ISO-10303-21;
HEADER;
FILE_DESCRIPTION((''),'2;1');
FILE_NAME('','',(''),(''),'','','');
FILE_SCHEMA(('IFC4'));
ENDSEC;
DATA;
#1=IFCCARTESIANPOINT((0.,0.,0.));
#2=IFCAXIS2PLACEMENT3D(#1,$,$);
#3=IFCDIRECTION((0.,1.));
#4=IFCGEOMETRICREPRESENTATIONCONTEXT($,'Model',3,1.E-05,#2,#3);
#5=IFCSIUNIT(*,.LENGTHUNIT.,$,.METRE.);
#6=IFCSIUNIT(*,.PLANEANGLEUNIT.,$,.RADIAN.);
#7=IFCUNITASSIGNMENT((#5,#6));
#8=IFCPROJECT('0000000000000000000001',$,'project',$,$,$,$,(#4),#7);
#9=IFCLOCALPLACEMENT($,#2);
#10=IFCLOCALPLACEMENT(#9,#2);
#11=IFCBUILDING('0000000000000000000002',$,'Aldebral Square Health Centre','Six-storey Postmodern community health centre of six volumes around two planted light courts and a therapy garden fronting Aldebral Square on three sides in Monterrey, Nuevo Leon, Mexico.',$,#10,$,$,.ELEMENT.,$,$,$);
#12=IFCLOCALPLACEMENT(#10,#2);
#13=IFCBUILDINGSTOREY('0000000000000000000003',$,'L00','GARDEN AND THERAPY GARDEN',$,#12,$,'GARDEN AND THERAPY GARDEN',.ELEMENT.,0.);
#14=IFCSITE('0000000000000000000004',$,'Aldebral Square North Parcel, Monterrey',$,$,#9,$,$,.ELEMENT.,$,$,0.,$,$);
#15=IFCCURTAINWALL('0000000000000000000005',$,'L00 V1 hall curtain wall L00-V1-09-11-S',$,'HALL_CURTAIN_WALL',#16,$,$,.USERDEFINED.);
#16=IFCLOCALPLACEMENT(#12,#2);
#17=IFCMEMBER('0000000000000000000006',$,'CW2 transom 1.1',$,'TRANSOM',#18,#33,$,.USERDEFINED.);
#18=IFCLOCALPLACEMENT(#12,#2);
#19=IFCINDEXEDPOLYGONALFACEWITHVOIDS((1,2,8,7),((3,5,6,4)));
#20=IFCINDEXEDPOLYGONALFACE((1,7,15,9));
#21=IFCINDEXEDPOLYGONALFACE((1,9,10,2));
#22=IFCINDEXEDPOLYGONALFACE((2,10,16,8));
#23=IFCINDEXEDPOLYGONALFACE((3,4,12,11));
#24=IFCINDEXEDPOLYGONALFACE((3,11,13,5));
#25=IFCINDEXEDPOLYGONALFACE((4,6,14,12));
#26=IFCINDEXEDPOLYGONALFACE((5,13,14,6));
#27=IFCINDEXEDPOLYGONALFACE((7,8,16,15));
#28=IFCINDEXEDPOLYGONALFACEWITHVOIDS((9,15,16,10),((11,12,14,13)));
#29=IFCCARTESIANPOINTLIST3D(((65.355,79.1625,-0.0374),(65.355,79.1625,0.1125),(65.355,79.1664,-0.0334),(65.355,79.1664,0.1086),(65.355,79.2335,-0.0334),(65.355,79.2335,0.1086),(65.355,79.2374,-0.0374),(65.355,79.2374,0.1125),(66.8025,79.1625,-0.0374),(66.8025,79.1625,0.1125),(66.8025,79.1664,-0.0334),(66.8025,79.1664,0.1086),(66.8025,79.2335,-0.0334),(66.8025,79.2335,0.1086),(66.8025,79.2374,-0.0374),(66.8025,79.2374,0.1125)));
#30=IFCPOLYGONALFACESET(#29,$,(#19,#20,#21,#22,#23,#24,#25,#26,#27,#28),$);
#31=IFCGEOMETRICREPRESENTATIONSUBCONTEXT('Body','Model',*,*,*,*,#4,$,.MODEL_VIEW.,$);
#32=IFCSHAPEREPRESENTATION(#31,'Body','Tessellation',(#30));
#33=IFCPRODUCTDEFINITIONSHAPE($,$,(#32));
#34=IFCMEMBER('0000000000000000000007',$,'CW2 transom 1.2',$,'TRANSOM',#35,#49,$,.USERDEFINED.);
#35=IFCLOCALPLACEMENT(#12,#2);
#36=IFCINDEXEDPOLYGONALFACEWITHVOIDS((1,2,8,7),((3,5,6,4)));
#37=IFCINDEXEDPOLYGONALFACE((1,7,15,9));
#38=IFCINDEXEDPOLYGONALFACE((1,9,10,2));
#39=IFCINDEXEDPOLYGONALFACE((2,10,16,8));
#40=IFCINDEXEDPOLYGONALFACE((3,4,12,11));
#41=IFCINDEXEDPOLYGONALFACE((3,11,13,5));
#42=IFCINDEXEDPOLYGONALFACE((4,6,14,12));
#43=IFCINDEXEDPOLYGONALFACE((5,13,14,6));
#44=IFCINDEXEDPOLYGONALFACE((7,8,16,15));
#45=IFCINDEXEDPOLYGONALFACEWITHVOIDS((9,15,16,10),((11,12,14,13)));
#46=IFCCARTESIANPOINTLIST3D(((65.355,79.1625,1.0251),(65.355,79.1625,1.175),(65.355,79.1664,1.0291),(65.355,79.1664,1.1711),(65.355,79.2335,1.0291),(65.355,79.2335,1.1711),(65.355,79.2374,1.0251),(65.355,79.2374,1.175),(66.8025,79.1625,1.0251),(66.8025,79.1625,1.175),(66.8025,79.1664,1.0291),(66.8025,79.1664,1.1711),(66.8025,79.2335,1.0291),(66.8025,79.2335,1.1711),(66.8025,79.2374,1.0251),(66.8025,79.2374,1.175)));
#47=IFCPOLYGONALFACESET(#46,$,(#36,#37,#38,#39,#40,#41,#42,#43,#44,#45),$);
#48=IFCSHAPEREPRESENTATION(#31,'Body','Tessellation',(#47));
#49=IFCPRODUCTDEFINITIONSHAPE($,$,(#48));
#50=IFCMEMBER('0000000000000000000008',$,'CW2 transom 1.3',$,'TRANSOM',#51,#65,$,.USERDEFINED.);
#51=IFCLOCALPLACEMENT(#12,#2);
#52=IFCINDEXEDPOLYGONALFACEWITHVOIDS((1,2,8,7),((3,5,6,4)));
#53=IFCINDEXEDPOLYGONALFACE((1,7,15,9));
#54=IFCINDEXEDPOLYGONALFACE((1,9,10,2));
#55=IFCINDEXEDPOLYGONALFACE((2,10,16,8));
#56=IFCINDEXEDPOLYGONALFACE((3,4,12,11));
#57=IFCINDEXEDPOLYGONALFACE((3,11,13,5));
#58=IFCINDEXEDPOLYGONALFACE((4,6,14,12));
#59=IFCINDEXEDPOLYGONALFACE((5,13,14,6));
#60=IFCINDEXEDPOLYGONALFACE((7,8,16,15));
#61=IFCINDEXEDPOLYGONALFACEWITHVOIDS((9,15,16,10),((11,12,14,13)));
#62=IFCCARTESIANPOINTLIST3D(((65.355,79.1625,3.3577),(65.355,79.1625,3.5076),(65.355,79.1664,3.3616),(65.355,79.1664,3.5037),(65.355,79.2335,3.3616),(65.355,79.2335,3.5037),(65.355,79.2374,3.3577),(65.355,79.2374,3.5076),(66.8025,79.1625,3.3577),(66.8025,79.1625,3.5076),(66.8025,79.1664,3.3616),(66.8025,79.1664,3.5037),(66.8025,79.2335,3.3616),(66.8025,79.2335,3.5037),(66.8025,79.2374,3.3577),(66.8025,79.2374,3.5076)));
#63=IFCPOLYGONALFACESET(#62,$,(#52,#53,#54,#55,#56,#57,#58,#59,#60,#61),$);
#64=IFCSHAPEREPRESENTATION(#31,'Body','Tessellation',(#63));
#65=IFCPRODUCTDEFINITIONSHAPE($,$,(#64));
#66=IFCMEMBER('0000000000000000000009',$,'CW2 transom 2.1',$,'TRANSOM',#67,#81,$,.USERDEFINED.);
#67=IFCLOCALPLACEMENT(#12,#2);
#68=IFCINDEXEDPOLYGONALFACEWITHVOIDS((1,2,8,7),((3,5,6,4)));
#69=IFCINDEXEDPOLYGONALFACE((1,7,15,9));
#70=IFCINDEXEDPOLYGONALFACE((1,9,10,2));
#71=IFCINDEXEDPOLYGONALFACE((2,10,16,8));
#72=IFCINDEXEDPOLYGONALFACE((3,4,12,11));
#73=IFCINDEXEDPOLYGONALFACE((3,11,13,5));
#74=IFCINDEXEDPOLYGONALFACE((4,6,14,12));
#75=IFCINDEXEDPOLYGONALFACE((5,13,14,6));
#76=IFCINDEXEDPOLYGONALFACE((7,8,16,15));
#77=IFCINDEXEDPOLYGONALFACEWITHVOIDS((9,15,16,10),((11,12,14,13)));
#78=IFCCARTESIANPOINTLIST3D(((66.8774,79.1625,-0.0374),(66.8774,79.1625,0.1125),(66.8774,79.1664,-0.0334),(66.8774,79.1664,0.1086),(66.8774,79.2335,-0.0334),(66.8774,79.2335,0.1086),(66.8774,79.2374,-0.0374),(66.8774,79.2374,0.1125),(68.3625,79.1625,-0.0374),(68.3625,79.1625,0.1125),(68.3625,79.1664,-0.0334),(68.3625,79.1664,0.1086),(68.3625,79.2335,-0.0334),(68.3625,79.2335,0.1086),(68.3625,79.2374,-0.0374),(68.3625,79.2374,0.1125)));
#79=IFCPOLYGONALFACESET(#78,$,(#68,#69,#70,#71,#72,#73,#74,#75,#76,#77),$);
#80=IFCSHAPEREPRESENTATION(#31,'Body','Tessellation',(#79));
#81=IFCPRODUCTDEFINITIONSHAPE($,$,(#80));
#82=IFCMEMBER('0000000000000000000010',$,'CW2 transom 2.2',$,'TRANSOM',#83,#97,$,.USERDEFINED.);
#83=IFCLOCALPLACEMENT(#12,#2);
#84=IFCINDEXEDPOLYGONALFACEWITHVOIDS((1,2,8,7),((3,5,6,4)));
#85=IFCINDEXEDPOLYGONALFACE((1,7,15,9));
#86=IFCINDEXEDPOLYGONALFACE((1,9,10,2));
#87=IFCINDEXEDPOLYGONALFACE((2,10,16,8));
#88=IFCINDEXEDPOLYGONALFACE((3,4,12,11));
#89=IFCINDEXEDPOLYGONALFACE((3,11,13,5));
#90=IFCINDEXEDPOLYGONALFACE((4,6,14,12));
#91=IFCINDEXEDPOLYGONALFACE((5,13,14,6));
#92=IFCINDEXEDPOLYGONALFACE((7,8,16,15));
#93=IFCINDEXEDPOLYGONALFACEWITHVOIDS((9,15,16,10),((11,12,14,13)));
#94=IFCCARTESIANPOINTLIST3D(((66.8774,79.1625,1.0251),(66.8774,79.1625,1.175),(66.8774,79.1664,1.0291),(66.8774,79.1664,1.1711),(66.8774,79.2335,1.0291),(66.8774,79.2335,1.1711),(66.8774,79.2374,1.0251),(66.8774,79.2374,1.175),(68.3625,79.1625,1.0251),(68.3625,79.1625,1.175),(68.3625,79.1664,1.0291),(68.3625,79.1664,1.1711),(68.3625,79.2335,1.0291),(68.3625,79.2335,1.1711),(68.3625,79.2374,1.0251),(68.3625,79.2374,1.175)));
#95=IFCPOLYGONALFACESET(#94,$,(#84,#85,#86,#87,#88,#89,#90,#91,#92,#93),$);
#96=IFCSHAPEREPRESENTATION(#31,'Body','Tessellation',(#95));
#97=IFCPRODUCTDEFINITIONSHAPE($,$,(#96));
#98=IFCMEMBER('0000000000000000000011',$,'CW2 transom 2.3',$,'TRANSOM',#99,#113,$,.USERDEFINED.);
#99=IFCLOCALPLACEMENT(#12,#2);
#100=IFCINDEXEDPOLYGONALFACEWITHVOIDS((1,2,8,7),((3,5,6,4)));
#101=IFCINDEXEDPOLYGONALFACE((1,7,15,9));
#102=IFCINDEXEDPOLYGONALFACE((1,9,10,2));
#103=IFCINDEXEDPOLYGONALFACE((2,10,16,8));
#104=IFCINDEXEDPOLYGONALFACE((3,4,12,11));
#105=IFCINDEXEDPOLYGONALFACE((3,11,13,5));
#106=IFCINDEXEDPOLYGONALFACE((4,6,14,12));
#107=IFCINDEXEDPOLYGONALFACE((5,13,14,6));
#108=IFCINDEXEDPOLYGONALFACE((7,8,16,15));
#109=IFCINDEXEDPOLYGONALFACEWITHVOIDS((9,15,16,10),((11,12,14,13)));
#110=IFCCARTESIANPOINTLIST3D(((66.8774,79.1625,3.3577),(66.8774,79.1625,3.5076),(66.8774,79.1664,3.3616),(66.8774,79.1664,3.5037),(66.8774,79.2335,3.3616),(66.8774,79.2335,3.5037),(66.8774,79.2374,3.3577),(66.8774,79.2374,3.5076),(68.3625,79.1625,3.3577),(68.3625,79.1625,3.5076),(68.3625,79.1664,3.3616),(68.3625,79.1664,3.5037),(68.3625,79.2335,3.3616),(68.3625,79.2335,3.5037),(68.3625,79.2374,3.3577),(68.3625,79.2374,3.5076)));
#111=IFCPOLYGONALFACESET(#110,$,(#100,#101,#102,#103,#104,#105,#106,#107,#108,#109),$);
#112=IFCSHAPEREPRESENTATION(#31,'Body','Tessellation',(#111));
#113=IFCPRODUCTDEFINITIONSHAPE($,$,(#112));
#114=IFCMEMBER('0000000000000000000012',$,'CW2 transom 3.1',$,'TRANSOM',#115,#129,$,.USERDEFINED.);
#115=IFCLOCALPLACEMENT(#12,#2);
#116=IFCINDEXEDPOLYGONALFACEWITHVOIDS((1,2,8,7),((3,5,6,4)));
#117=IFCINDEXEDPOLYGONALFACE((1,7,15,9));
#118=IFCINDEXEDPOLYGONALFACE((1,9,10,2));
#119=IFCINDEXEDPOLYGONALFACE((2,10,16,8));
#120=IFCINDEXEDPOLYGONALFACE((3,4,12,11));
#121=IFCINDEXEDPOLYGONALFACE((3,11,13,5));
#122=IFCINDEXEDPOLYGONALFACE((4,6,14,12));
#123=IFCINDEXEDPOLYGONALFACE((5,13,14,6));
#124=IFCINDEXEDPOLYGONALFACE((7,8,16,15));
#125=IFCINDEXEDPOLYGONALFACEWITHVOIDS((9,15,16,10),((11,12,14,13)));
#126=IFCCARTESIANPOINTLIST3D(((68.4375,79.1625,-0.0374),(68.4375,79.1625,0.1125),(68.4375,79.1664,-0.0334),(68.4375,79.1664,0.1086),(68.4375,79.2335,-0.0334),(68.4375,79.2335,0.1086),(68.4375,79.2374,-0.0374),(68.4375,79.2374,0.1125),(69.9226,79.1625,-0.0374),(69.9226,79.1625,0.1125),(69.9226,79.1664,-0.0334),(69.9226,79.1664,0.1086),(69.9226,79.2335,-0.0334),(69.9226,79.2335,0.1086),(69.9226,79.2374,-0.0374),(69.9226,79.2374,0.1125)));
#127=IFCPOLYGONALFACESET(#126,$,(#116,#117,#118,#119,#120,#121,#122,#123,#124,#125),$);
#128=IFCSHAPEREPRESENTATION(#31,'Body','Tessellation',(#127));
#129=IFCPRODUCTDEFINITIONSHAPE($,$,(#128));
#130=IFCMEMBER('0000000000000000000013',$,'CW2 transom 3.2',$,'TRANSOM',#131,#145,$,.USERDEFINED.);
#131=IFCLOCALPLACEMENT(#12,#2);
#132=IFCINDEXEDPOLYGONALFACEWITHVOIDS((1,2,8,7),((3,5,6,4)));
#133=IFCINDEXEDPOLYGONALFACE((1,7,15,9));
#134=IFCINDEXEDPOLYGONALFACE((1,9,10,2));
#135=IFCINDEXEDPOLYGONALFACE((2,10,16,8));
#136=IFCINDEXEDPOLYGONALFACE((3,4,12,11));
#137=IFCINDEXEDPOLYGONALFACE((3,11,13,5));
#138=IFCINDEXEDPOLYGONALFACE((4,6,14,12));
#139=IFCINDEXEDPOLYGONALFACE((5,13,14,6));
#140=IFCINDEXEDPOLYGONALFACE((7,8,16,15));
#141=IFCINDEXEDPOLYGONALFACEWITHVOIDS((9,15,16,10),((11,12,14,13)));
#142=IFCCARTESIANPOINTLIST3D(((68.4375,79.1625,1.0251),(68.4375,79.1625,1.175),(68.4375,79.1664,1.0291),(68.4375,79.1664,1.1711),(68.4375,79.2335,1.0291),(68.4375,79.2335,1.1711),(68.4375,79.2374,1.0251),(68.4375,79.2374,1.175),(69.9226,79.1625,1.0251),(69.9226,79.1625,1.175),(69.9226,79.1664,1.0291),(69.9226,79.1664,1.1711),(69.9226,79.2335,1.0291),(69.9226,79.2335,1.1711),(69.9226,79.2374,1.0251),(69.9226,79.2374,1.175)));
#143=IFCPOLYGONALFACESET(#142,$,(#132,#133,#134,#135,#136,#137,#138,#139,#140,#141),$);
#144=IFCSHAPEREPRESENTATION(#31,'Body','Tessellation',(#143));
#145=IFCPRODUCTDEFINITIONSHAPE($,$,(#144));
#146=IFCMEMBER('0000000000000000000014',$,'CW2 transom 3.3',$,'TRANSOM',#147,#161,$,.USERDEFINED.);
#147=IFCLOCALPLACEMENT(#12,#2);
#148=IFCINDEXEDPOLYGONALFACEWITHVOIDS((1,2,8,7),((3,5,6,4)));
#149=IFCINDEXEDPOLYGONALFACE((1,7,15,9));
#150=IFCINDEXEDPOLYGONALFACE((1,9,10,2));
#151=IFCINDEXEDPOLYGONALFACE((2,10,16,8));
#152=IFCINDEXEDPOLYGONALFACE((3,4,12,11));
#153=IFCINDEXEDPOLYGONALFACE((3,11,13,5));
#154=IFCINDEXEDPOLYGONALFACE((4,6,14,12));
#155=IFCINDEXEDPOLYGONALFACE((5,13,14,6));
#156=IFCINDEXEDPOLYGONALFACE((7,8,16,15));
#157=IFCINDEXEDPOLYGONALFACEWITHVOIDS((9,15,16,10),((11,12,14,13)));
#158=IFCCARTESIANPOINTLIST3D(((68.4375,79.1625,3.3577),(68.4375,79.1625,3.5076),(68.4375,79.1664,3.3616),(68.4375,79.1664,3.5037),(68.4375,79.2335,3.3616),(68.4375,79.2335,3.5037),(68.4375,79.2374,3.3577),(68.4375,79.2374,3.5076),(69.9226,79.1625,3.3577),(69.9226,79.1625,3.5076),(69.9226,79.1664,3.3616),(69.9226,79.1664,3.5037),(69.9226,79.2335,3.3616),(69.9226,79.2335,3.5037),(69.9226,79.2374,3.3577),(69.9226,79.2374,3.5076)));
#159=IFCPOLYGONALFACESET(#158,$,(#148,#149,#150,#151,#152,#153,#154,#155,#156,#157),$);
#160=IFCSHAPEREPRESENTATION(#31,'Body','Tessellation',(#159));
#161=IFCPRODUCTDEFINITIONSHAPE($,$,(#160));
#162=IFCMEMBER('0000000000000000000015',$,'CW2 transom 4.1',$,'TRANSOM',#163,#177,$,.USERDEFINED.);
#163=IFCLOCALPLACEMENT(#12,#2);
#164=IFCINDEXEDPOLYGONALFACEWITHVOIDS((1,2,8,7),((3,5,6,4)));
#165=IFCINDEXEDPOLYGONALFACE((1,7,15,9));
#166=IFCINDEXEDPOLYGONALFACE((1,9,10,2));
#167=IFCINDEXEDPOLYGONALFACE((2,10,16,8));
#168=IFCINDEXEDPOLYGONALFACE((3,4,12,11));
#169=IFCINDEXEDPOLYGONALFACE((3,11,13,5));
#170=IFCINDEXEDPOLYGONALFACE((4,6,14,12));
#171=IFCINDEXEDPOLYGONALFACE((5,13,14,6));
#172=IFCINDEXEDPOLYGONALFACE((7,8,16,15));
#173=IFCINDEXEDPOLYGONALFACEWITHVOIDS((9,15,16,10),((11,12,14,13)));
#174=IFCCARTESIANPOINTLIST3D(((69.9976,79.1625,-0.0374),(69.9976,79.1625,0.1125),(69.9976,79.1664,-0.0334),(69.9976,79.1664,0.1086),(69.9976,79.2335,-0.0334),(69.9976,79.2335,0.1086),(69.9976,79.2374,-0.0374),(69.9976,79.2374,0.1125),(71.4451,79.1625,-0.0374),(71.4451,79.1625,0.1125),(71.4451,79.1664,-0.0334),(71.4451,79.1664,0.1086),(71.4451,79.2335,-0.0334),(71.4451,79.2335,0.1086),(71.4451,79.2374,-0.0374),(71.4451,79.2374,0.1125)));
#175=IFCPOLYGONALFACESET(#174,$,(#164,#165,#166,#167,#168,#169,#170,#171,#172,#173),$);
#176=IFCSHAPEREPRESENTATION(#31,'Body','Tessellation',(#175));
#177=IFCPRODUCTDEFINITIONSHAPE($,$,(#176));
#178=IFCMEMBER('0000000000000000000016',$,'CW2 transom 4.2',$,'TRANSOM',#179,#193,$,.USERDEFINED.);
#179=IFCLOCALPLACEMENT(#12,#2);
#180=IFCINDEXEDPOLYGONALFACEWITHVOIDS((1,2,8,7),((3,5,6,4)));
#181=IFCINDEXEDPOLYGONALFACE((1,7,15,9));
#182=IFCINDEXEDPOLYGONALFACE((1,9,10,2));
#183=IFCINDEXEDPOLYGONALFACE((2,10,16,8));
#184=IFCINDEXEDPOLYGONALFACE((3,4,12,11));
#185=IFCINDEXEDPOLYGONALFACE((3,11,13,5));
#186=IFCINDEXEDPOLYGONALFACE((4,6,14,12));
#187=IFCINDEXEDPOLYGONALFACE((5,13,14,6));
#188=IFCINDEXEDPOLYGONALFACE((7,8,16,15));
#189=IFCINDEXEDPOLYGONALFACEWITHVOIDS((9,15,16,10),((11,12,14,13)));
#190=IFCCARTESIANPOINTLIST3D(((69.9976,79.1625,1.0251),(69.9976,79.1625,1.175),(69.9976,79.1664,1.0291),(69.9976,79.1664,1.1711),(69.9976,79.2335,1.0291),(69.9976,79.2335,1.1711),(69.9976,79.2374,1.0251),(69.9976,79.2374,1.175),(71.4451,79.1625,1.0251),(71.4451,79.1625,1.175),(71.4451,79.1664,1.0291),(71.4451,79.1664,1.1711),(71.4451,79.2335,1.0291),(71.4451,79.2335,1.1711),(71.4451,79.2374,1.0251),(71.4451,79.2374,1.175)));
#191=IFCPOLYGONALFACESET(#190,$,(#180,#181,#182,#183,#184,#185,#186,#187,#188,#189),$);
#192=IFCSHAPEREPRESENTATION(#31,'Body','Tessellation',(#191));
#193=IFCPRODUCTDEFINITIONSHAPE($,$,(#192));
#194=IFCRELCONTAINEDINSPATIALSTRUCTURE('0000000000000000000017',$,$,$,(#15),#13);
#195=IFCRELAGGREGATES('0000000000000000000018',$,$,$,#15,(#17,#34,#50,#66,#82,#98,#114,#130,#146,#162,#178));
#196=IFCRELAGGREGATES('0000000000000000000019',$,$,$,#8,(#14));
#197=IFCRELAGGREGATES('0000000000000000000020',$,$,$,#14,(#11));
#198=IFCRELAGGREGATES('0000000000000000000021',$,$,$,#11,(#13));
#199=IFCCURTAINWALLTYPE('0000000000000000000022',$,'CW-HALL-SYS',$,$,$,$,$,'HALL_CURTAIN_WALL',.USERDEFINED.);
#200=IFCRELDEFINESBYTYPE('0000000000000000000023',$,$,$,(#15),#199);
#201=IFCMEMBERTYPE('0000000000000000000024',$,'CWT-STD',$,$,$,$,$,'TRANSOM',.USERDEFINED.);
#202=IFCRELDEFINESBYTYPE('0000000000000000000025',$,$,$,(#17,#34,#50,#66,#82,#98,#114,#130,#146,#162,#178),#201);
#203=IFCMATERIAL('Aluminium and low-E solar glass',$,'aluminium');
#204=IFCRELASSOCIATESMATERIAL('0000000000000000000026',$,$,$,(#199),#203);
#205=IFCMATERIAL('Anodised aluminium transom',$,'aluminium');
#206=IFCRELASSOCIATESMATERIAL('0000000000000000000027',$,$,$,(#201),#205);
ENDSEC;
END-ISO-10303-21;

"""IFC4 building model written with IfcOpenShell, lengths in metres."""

from ifc_helpers import new_model, si_unit, direction, frame, origin, origin_2d, place, context, subcontext, project, spatial, hollow_rectangle, extrude, material, material_profile, profile_set, type_object, element, aggregate, save


model = new_model("IFC4")

# Units and contexts
model_context = context("Model", 3, precision=1e-05, world=origin(), true_north=direction((0.0, 1.0)))
body_context = subcontext(model_context, "Body", "Model", "MODEL_VIEW")
ifc_project = project(units=[si_unit("LENGTHUNIT", "METRE"), si_unit("PLANEANGLEUNIT", "RADIAN")], contexts=[model_context])

# Site, building, storey
site_placement = place(None, origin())
site = spatial("IfcSite", under=ifc_project, at=site_placement, Name="Aldebral Square North Parcel, Monterrey", CompositionType="ELEMENT", RefElevation=0.0)
building_placement = place(site_placement, origin())
building = spatial("IfcBuilding", under=site, at=building_placement, Name="Aldebral Square Health Centre", Description="Six-storey Postmodern community health centre of six volumes around two planted light courts and a therapy garden fronting Aldebral Square on three sides in Monterrey, Nuevo Leon, Mexico.", CompositionType="ELEMENT")
storey_placement = place(building_placement, origin())
storey = spatial("IfcBuildingStorey", under=building, at=storey_placement, Name="L00", Description="GARDEN AND THERAPY GARDEN", LongName="GARDEN AND THERAPY GARDEN", CompositionType="ELEMENT", Elevation=0.0)

# Curtain wall, members
ifc_material_1 = material(Name="Aluminium and low-E solar glass", Category="aluminium")
curtain_wall_type = type_object("IfcCurtainWallType", Name="CW-HALL-SYS", ElementType="HALL_CURTAIN_WALL", PredefinedType="USERDEFINED", material=ifc_material_1)
curtain_wall_placement = place(storey_placement, origin())
curtain_wall = element("IfcCurtainWall", 1, at=curtain_wall_placement, inside=storey, type_object=curtain_wall_type, Name="L00 V1 hall curtain wall L00-V1-09-11-S", ObjectType="HALL_CURTAIN_WALL", PredefinedType="USERDEFINED")
ifc_material_2 = material(Name="Anodised aluminium transom", Category="aluminium")
ifc_material_profile_1 = material_profile(ifc_material_2, hollow_rectangle(XDim=0.075, YDim=0.1499, WallThickness=0.0039, at=origin_2d()), Name="CWT 75x150x4")
ifc_profile_set_1 = profile_set([ifc_material_profile_1], Name="Anodised aluminium transom")
member_type_1 = type_object("IfcMemberType", Name="CWT-STD", ElementType="TRANSOM", PredefinedType="USERDEFINED", material=ifc_profile_set_1)
member_1_placement = place(storey_placement, frame((65.355, 79.2, 0.0376), z_axis=(1.0, 0.0, 0.0), x_axis=(0.0, 1.0, 0.0)))
member_1 = element("IfcMember", 2, at=member_1_placement, type_object=member_type_1, Name="CW2 transom 1.1", ObjectType="TRANSOM", PredefinedType="USERDEFINED", context=body_context, shape_type="SweptSolid", body=[
    extrude(hollow_rectangle(XDim=0.075, YDim=0.1499, WallThickness=0.0039, at=origin_2d()), origin(), (0.0, 0.0, 1.0), 1.4475),
])
member_2_placement = place(storey_placement, frame((65.355, 79.2, 1.1001), z_axis=(1.0, 0.0, 0.0), x_axis=(0.0, 1.0, 0.0)))
member_2 = element("IfcMember", 3, at=member_2_placement, type_object=member_type_1, Name="CW2 transom 1.2", ObjectType="TRANSOM", PredefinedType="USERDEFINED", context=body_context, shape_type="SweptSolid", body=[
    extrude(hollow_rectangle(XDim=0.075, YDim=0.1499, WallThickness=0.0039, at=origin_2d()), origin(), (0.0, 0.0, 1.0), 1.4475),
])
member_3_placement = place(storey_placement, frame((65.355, 79.2, 3.4326), z_axis=(1.0, 0.0, 0.0), x_axis=(0.0, 1.0, 0.0)))
member_3 = element("IfcMember", 4, at=member_3_placement, type_object=member_type_1, Name="CW2 transom 1.3", ObjectType="TRANSOM", PredefinedType="USERDEFINED", context=body_context, shape_type="SweptSolid", body=[
    extrude(hollow_rectangle(XDim=0.075, YDim=0.1499, WallThickness=0.0039, at=origin_2d()), origin(), (0.0, 0.0, 1.0), 1.4475),
])
member_4_placement = place(storey_placement, frame((66.8774, 79.2, 0.0376), z_axis=(1.0, 0.0, 0.0), x_axis=(0.0, 1.0, 0.0)))
member_4 = element("IfcMember", 5, at=member_4_placement, type_object=member_type_1, Name="CW2 transom 2.1", ObjectType="TRANSOM", PredefinedType="USERDEFINED", context=body_context, shape_type="SweptSolid", body=[
    extrude(hollow_rectangle(XDim=0.075, YDim=0.1499, WallThickness=0.0039, at=origin_2d()), origin(), (0.0, 0.0, 1.0), 1.4851),
])
member_5_placement = place(storey_placement, frame((66.8774, 79.2, 1.1001), z_axis=(1.0, 0.0, 0.0), x_axis=(0.0, 1.0, 0.0)))
member_5 = element("IfcMember", 6, at=member_5_placement, type_object=member_type_1, Name="CW2 transom 2.2", ObjectType="TRANSOM", PredefinedType="USERDEFINED", context=body_context, shape_type="SweptSolid", body=[
    extrude(hollow_rectangle(XDim=0.075, YDim=0.1499, WallThickness=0.0039, at=origin_2d()), origin(), (0.0, 0.0, 1.0), 1.4851),
])
member_6_placement = place(storey_placement, frame((66.8774, 79.2, 3.4326), z_axis=(1.0, 0.0, 0.0), x_axis=(0.0, 1.0, 0.0)))
member_6 = element("IfcMember", 7, at=member_6_placement, type_object=member_type_1, Name="CW2 transom 2.3", ObjectType="TRANSOM", PredefinedType="USERDEFINED", context=body_context, shape_type="SweptSolid", body=[
    extrude(hollow_rectangle(XDim=0.075, YDim=0.1499, WallThickness=0.0039, at=origin_2d()), origin(), (0.0, 0.0, 1.0), 1.4851),
])
member_7_placement = place(storey_placement, frame((68.4375, 79.2, 0.0376), z_axis=(1.0, 0.0, 0.0), x_axis=(0.0, 1.0, 0.0)))
member_7 = element("IfcMember", 8, at=member_7_placement, type_object=member_type_1, Name="CW2 transom 3.1", ObjectType="TRANSOM", PredefinedType="USERDEFINED", context=body_context, shape_type="SweptSolid", body=[
    extrude(hollow_rectangle(XDim=0.075, YDim=0.1499, WallThickness=0.0039, at=origin_2d()), origin(), (0.0, 0.0, 1.0), 1.4851),
])
member_8_placement = place(storey_placement, frame((68.4375, 79.2, 1.1001), z_axis=(1.0, 0.0, 0.0), x_axis=(0.0, 1.0, 0.0)))
member_8 = element("IfcMember", 9, at=member_8_placement, type_object=member_type_1, Name="CW2 transom 3.2", ObjectType="TRANSOM", PredefinedType="USERDEFINED", context=body_context, shape_type="SweptSolid", body=[
    extrude(hollow_rectangle(XDim=0.075, YDim=0.1499, WallThickness=0.0039, at=origin_2d()), origin(), (0.0, 0.0, 1.0), 1.4851),
])
member_9_placement = place(storey_placement, frame((68.4375, 79.2, 3.4326), z_axis=(1.0, 0.0, 0.0), x_axis=(0.0, 1.0, 0.0)))
member_9 = element("IfcMember", 10, at=member_9_placement, type_object=member_type_1, Name="CW2 transom 3.3", ObjectType="TRANSOM", PredefinedType="USERDEFINED", context=body_context, shape_type="SweptSolid", body=[
    extrude(hollow_rectangle(XDim=0.075, YDim=0.1499, WallThickness=0.0039, at=origin_2d()), origin(), (0.0, 0.0, 1.0), 1.4851),
])
member_10_placement = place(storey_placement, frame((69.9976, 79.2, 0.0376), z_axis=(1.0, 0.0, 0.0), x_axis=(0.0, 1.0, 0.0)))
member_10 = element("IfcMember", 11, at=member_10_placement, type_object=member_type_1, Name="CW2 transom 4.1", ObjectType="TRANSOM", PredefinedType="USERDEFINED", context=body_context, shape_type="SweptSolid", body=[
    extrude(hollow_rectangle(XDim=0.075, YDim=0.1499, WallThickness=0.0039, at=origin_2d()), origin(), (0.0, 0.0, 1.0), 1.4475),
])
member_11_placement = place(storey_placement, frame((69.9976, 79.2, 1.1001), z_axis=(1.0, 0.0, 0.0), x_axis=(0.0, 1.0, 0.0)))
member_11 = element("IfcMember", 12, at=member_11_placement, type_object=member_type_1, Name="CW2 transom 4.2", ObjectType="TRANSOM", PredefinedType="USERDEFINED", context=body_context, shape_type="SweptSolid", body=[
    extrude(hollow_rectangle(XDim=0.075, YDim=0.1499, WallThickness=0.0039, at=origin_2d()), origin(), (0.0, 0.0, 1.0), 1.4475),
])
aggregate(curtain_wall, [member_1, member_2, member_3, member_4, member_5, member_6, member_7, member_8, member_9, member_10, member_11])

save(model, "model.ifc")
